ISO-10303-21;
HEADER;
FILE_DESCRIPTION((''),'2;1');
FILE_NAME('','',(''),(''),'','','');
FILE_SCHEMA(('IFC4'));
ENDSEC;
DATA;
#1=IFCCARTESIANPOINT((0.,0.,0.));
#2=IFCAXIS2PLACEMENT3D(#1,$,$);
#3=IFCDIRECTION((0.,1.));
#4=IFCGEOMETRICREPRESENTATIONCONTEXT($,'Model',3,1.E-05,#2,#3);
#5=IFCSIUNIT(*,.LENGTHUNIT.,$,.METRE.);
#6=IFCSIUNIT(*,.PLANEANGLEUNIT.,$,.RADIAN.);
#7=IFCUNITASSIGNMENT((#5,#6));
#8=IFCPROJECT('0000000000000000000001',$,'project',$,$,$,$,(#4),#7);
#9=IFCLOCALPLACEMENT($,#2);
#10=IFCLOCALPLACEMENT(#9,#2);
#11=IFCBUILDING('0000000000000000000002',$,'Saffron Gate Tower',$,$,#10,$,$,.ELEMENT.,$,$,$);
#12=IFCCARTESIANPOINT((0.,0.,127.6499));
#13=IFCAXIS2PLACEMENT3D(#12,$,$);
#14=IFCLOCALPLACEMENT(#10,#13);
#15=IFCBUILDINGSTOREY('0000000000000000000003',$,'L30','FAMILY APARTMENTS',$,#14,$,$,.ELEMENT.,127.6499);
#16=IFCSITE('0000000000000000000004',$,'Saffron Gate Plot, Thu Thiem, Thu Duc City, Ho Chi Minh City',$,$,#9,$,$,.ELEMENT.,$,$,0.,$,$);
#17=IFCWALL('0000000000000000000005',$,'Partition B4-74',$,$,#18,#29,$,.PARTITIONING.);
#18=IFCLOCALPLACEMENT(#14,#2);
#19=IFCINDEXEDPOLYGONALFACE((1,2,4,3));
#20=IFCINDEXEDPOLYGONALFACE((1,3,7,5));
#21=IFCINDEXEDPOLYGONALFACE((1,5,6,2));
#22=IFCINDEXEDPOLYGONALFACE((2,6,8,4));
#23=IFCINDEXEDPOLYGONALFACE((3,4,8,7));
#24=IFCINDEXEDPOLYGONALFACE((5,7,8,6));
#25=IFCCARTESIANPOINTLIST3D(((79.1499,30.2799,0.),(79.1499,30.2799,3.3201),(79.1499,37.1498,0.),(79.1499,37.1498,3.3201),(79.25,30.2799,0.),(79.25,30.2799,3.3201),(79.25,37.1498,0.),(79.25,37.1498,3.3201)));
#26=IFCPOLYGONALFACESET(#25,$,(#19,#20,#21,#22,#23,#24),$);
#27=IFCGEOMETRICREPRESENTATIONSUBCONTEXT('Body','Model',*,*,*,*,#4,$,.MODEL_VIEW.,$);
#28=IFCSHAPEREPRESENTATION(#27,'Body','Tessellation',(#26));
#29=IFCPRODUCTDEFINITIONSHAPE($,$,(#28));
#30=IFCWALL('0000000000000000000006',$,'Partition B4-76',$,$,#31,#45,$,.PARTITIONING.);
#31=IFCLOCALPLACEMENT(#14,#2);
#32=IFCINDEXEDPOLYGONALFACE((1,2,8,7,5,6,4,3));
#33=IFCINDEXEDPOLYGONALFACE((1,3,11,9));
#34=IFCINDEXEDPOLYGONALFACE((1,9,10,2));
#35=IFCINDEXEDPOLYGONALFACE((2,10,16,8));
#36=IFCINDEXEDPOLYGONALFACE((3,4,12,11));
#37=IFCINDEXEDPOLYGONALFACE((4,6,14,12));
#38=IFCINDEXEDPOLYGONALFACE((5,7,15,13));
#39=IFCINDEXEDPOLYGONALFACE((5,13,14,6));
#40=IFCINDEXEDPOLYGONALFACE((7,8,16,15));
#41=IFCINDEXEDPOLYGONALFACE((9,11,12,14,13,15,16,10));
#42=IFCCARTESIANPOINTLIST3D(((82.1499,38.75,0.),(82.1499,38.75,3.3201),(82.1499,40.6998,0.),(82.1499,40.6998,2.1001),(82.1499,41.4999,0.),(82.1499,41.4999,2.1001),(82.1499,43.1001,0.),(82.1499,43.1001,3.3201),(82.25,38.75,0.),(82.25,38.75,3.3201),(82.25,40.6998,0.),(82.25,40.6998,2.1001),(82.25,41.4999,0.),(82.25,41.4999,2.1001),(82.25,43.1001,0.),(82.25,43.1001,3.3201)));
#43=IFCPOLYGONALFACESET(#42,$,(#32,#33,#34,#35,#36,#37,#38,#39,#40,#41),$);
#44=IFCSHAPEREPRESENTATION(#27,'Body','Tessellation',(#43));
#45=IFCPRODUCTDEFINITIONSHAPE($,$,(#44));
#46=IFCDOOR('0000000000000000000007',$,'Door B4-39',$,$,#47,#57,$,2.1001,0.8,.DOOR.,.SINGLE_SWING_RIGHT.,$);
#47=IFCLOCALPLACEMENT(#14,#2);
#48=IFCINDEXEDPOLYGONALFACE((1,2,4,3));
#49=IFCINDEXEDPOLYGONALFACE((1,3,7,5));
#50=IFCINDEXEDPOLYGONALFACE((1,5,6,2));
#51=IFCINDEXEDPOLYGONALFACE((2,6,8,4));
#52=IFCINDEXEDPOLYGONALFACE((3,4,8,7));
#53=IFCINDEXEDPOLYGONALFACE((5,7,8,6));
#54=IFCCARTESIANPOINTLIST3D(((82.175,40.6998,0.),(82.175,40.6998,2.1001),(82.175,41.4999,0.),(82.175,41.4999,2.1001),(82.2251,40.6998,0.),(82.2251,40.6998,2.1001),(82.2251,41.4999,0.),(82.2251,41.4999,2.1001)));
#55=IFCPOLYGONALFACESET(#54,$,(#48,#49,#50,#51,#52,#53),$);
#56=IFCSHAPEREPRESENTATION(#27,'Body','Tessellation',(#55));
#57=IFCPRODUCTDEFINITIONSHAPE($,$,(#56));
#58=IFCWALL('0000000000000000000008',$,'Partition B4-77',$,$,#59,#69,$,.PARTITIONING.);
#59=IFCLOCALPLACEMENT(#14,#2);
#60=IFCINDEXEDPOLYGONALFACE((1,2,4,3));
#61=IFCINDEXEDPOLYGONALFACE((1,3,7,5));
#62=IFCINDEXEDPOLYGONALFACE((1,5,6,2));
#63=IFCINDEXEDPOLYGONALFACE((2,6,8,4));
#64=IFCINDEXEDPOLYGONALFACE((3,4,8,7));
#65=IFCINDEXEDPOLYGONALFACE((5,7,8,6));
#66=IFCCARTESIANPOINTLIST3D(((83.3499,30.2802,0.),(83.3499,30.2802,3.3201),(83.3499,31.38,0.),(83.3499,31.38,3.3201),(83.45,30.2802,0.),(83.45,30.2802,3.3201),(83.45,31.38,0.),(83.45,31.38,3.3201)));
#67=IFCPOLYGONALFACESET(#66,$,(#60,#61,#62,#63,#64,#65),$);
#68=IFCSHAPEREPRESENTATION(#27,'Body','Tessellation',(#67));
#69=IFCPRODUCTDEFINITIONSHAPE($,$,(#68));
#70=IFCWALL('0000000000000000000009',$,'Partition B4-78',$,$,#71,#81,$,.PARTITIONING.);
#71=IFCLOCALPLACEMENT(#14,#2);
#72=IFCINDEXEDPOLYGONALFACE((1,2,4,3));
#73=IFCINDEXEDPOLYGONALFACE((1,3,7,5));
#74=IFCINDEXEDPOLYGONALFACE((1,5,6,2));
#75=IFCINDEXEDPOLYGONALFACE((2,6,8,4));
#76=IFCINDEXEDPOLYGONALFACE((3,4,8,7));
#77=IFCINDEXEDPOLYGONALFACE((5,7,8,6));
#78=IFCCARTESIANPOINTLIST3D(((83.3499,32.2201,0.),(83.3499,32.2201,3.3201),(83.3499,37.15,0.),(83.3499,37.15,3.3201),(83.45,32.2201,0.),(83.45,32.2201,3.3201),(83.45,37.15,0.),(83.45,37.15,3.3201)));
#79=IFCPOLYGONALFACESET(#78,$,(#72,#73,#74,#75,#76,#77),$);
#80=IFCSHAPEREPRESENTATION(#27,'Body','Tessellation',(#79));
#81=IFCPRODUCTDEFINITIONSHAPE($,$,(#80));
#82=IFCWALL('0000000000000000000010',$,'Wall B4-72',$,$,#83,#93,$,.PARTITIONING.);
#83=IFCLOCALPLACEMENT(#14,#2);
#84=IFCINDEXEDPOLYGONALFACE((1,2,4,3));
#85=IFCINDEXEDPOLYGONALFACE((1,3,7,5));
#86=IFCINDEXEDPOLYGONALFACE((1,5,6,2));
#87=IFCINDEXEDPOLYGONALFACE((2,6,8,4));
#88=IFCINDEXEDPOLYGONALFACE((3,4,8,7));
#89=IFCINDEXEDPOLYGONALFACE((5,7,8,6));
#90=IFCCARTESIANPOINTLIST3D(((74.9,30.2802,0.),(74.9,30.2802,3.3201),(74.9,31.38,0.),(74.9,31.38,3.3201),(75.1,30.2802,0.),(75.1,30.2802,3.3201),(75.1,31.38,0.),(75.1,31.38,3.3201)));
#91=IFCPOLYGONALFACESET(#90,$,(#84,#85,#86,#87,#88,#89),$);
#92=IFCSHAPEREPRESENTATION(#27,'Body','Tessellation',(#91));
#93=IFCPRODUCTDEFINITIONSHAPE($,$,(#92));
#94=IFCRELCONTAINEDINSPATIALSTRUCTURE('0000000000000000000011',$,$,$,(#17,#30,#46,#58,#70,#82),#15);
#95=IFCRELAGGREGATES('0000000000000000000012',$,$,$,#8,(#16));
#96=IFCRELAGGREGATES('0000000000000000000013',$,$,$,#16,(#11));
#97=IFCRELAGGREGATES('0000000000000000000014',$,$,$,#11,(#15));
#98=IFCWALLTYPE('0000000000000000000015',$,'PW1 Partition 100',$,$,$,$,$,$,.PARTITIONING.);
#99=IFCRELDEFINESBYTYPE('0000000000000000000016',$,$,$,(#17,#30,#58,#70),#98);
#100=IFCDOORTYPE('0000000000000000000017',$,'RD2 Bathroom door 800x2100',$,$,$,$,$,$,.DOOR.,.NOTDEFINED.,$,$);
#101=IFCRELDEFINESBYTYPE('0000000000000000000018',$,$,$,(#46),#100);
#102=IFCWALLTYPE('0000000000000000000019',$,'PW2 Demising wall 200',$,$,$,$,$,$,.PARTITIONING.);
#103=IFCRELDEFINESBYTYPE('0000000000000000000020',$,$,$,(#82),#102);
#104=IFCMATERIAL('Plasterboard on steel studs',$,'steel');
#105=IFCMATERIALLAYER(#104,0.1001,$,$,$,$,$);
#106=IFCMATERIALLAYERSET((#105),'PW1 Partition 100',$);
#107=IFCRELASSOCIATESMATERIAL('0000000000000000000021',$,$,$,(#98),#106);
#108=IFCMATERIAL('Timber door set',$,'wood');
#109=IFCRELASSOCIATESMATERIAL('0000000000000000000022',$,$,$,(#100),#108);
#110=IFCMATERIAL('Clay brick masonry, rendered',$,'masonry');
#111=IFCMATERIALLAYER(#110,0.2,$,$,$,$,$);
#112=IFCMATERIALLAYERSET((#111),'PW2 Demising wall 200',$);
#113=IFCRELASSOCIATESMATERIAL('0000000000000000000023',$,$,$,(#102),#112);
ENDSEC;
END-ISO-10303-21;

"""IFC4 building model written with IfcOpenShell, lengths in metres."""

from ifc_helpers import new_model, si_unit, direction, frame, frame_2d, origin, place, context, subcontext, project, spatial, rectangle, extrude, material, layer, layer_set, type_object, element, fill, save


model = new_model("IFC4")

# Units and contexts
model_context = context("Model", 3, precision=1e-05, world=origin(), true_north=direction((0.0, 1.0)))
body_context = subcontext(model_context, "Body", "Model", "MODEL_VIEW")
ifc_project = project(units=[si_unit("LENGTHUNIT", "METRE"), si_unit("PLANEANGLEUNIT", "RADIAN")], contexts=[model_context])

# Site, building, storey
site_placement = place(None, origin())
site = spatial("IfcSite", under=ifc_project, at=site_placement, Name="Saffron Gate Plot, Thu Thiem, Thu Duc City, Ho Chi Minh City", CompositionType="ELEMENT", RefElevation=0.0)
building_placement = place(site_placement, origin())
building = spatial("IfcBuilding", under=site, at=building_placement, Name="Saffron Gate Tower", CompositionType="ELEMENT")
storey_placement = place(building_placement, frame((0.0, 0.0, 127.6499)))
storey = spatial("IfcBuildingStorey", under=building, at=storey_placement, Name="L30", Description="FAMILY APARTMENTS", CompositionType="ELEMENT", Elevation=127.6499)

# Shared definitions
ifc_material_1 = material(Name="Plasterboard on steel studs", Category="steel")
ifc_layer_1 = layer(ifc_material_1, 0.1001)
ifc_layer_set_1 = layer_set([ifc_layer_1], Name="PW1 Partition 100")
wall_type_1 = type_object("IfcWallType", Name="PW1 Partition 100", PredefinedType="PARTITIONING", material=ifc_layer_set_1)
ifc_material_2 = material(Name="Timber door set", Category="wood")
door_type = type_object("IfcDoorType", Name="RD2 Bathroom door 800x2100", OperationType="NOTDEFINED", PredefinedType="DOOR", material=ifc_material_2)

# Wall
wall_1_placement = place(storey_placement, frame((79.2, 37.1499, 0.0), z_axis=(0.0, 0.0, 1.0), x_axis=(0.0, -1.0, 0.0)))
element("IfcWall", 1, at=wall_1_placement, inside=storey, type_object=wall_type_1, Name="Partition B4-74", PredefinedType="PARTITIONING", context=body_context, shape_type="SweptSolid", body=[
    extrude(rectangle(XDim=6.8699, YDim=0.1001, at=frame_2d((3.4351, 0.0))), origin(), (0.0, 0.0, 1.0), 3.3201),
])

# Wall, opening, door
wall_2_placement = place(storey_placement, frame((82.2, 38.75, 0.0), z_axis=(0.0, 0.0, 1.0), x_axis=(0.0, 1.0, 0.0)))
wall_2 = element("IfcWall", 2, at=wall_2_placement, inside=storey, type_object=wall_type_1, Name="Partition B4-76", PredefinedType="PARTITIONING", context=body_context, shape_type="SweptSolid", body=[
    extrude(rectangle(XDim=4.3501, YDim=0.1001, at=frame_2d((2.175, 0.0))), origin(), (0.0, 0.0, 1.0), 3.3201),
])
opening_1_placement = place(wall_2_placement, frame((1.95, 0.0, 0.0)))
opening_1 = element("IfcOpeningElement", 3, at=opening_1_placement, cuts=wall_2, PredefinedType="OPENING", context=body_context, shape_type="SweptSolid", body=[
    extrude(rectangle(XDim=0.8, YDim=2.1001, at=frame_2d((0.3999, 1.05))), frame((0.0, 0.0601, 0.0), z_axis=(0.0, -1.0, 0.0), x_axis=(1.0, 0.0, 0.0)), (0.0, 0.0, 1.0), 0.1201),
])
door_1_placement = place(opening_1_placement, origin())
door_1 = element("IfcDoor", 4, at=door_1_placement, inside=storey, type_object=door_type, Name="Door B4-39", OperationType="SINGLE_SWING_RIGHT", OverallHeight=2.1001, OverallWidth=0.8, PredefinedType="DOOR", context=body_context, shape_type="SweptSolid", body=[
    extrude(rectangle(XDim=0.8, YDim=2.1001, at=frame_2d((0.3999, 1.05))), frame((0.0, 0.0249, 0.0), z_axis=(0.0, -1.0, 0.0), x_axis=(1.0, 0.0, 0.0)), (0.0, 0.0, 1.0), 0.05),
])
fill(opening_1, door_1)

# Walls
wall_3_placement = place(storey_placement, frame((83.3999, 31.3799, 0.0), z_axis=(0.0, 0.0, 1.0), x_axis=(0.0, -1.0, 0.0)))
element("IfcWall", 5, at=wall_3_placement, inside=storey, type_object=wall_type_1, Name="Partition B4-77", PredefinedType="PARTITIONING", context=body_context, shape_type="SweptSolid", body=[
    extrude(rectangle(XDim=1.0999, YDim=0.1001, at=frame_2d((0.5498, 0.0))), origin(), (0.0, 0.0, 1.0), 3.3201),
])
wall_4_placement = place(storey_placement, frame((83.3999, 37.1499, 0.0), z_axis=(0.0, 0.0, 1.0), x_axis=(0.0, -1.0, 0.0)))
element("IfcWall", 6, at=wall_4_placement, inside=storey, type_object=wall_type_1, Name="Partition B4-78", PredefinedType="PARTITIONING", context=body_context, shape_type="SweptSolid", body=[
    extrude(rectangle(XDim=4.9299, YDim=0.1001, at=frame_2d((2.4648, 0.0))), origin(), (0.0, 0.0, 1.0), 3.3201),
])
ifc_material_3 = material(Name="Clay brick masonry, rendered", Category="masonry")
ifc_layer_2 = layer(ifc_material_3, 0.2)
ifc_layer_set_2 = layer_set([ifc_layer_2], Name="PW2 Demising wall 200")
wall_type_2 = type_object("IfcWallType", Name="PW2 Demising wall 200", PredefinedType="PARTITIONING", material=ifc_layer_set_2)
wall_5_placement = place(storey_placement, frame((75.0, 31.3799, 0.0), z_axis=(0.0, 0.0, 1.0), x_axis=(0.0, -1.0, 0.0)))
element("IfcWall", 7, at=wall_5_placement, inside=storey, type_object=wall_type_2, Name="Wall B4-72", PredefinedType="PARTITIONING", context=body_context, shape_type="SweptSolid", body=[
    extrude(rectangle(XDim=1.0999, YDim=0.2, at=frame_2d((0.5498, 0.0))), origin(), (0.0, 0.0, 1.0), 3.3201),
])

save(model, "model.ifc")
